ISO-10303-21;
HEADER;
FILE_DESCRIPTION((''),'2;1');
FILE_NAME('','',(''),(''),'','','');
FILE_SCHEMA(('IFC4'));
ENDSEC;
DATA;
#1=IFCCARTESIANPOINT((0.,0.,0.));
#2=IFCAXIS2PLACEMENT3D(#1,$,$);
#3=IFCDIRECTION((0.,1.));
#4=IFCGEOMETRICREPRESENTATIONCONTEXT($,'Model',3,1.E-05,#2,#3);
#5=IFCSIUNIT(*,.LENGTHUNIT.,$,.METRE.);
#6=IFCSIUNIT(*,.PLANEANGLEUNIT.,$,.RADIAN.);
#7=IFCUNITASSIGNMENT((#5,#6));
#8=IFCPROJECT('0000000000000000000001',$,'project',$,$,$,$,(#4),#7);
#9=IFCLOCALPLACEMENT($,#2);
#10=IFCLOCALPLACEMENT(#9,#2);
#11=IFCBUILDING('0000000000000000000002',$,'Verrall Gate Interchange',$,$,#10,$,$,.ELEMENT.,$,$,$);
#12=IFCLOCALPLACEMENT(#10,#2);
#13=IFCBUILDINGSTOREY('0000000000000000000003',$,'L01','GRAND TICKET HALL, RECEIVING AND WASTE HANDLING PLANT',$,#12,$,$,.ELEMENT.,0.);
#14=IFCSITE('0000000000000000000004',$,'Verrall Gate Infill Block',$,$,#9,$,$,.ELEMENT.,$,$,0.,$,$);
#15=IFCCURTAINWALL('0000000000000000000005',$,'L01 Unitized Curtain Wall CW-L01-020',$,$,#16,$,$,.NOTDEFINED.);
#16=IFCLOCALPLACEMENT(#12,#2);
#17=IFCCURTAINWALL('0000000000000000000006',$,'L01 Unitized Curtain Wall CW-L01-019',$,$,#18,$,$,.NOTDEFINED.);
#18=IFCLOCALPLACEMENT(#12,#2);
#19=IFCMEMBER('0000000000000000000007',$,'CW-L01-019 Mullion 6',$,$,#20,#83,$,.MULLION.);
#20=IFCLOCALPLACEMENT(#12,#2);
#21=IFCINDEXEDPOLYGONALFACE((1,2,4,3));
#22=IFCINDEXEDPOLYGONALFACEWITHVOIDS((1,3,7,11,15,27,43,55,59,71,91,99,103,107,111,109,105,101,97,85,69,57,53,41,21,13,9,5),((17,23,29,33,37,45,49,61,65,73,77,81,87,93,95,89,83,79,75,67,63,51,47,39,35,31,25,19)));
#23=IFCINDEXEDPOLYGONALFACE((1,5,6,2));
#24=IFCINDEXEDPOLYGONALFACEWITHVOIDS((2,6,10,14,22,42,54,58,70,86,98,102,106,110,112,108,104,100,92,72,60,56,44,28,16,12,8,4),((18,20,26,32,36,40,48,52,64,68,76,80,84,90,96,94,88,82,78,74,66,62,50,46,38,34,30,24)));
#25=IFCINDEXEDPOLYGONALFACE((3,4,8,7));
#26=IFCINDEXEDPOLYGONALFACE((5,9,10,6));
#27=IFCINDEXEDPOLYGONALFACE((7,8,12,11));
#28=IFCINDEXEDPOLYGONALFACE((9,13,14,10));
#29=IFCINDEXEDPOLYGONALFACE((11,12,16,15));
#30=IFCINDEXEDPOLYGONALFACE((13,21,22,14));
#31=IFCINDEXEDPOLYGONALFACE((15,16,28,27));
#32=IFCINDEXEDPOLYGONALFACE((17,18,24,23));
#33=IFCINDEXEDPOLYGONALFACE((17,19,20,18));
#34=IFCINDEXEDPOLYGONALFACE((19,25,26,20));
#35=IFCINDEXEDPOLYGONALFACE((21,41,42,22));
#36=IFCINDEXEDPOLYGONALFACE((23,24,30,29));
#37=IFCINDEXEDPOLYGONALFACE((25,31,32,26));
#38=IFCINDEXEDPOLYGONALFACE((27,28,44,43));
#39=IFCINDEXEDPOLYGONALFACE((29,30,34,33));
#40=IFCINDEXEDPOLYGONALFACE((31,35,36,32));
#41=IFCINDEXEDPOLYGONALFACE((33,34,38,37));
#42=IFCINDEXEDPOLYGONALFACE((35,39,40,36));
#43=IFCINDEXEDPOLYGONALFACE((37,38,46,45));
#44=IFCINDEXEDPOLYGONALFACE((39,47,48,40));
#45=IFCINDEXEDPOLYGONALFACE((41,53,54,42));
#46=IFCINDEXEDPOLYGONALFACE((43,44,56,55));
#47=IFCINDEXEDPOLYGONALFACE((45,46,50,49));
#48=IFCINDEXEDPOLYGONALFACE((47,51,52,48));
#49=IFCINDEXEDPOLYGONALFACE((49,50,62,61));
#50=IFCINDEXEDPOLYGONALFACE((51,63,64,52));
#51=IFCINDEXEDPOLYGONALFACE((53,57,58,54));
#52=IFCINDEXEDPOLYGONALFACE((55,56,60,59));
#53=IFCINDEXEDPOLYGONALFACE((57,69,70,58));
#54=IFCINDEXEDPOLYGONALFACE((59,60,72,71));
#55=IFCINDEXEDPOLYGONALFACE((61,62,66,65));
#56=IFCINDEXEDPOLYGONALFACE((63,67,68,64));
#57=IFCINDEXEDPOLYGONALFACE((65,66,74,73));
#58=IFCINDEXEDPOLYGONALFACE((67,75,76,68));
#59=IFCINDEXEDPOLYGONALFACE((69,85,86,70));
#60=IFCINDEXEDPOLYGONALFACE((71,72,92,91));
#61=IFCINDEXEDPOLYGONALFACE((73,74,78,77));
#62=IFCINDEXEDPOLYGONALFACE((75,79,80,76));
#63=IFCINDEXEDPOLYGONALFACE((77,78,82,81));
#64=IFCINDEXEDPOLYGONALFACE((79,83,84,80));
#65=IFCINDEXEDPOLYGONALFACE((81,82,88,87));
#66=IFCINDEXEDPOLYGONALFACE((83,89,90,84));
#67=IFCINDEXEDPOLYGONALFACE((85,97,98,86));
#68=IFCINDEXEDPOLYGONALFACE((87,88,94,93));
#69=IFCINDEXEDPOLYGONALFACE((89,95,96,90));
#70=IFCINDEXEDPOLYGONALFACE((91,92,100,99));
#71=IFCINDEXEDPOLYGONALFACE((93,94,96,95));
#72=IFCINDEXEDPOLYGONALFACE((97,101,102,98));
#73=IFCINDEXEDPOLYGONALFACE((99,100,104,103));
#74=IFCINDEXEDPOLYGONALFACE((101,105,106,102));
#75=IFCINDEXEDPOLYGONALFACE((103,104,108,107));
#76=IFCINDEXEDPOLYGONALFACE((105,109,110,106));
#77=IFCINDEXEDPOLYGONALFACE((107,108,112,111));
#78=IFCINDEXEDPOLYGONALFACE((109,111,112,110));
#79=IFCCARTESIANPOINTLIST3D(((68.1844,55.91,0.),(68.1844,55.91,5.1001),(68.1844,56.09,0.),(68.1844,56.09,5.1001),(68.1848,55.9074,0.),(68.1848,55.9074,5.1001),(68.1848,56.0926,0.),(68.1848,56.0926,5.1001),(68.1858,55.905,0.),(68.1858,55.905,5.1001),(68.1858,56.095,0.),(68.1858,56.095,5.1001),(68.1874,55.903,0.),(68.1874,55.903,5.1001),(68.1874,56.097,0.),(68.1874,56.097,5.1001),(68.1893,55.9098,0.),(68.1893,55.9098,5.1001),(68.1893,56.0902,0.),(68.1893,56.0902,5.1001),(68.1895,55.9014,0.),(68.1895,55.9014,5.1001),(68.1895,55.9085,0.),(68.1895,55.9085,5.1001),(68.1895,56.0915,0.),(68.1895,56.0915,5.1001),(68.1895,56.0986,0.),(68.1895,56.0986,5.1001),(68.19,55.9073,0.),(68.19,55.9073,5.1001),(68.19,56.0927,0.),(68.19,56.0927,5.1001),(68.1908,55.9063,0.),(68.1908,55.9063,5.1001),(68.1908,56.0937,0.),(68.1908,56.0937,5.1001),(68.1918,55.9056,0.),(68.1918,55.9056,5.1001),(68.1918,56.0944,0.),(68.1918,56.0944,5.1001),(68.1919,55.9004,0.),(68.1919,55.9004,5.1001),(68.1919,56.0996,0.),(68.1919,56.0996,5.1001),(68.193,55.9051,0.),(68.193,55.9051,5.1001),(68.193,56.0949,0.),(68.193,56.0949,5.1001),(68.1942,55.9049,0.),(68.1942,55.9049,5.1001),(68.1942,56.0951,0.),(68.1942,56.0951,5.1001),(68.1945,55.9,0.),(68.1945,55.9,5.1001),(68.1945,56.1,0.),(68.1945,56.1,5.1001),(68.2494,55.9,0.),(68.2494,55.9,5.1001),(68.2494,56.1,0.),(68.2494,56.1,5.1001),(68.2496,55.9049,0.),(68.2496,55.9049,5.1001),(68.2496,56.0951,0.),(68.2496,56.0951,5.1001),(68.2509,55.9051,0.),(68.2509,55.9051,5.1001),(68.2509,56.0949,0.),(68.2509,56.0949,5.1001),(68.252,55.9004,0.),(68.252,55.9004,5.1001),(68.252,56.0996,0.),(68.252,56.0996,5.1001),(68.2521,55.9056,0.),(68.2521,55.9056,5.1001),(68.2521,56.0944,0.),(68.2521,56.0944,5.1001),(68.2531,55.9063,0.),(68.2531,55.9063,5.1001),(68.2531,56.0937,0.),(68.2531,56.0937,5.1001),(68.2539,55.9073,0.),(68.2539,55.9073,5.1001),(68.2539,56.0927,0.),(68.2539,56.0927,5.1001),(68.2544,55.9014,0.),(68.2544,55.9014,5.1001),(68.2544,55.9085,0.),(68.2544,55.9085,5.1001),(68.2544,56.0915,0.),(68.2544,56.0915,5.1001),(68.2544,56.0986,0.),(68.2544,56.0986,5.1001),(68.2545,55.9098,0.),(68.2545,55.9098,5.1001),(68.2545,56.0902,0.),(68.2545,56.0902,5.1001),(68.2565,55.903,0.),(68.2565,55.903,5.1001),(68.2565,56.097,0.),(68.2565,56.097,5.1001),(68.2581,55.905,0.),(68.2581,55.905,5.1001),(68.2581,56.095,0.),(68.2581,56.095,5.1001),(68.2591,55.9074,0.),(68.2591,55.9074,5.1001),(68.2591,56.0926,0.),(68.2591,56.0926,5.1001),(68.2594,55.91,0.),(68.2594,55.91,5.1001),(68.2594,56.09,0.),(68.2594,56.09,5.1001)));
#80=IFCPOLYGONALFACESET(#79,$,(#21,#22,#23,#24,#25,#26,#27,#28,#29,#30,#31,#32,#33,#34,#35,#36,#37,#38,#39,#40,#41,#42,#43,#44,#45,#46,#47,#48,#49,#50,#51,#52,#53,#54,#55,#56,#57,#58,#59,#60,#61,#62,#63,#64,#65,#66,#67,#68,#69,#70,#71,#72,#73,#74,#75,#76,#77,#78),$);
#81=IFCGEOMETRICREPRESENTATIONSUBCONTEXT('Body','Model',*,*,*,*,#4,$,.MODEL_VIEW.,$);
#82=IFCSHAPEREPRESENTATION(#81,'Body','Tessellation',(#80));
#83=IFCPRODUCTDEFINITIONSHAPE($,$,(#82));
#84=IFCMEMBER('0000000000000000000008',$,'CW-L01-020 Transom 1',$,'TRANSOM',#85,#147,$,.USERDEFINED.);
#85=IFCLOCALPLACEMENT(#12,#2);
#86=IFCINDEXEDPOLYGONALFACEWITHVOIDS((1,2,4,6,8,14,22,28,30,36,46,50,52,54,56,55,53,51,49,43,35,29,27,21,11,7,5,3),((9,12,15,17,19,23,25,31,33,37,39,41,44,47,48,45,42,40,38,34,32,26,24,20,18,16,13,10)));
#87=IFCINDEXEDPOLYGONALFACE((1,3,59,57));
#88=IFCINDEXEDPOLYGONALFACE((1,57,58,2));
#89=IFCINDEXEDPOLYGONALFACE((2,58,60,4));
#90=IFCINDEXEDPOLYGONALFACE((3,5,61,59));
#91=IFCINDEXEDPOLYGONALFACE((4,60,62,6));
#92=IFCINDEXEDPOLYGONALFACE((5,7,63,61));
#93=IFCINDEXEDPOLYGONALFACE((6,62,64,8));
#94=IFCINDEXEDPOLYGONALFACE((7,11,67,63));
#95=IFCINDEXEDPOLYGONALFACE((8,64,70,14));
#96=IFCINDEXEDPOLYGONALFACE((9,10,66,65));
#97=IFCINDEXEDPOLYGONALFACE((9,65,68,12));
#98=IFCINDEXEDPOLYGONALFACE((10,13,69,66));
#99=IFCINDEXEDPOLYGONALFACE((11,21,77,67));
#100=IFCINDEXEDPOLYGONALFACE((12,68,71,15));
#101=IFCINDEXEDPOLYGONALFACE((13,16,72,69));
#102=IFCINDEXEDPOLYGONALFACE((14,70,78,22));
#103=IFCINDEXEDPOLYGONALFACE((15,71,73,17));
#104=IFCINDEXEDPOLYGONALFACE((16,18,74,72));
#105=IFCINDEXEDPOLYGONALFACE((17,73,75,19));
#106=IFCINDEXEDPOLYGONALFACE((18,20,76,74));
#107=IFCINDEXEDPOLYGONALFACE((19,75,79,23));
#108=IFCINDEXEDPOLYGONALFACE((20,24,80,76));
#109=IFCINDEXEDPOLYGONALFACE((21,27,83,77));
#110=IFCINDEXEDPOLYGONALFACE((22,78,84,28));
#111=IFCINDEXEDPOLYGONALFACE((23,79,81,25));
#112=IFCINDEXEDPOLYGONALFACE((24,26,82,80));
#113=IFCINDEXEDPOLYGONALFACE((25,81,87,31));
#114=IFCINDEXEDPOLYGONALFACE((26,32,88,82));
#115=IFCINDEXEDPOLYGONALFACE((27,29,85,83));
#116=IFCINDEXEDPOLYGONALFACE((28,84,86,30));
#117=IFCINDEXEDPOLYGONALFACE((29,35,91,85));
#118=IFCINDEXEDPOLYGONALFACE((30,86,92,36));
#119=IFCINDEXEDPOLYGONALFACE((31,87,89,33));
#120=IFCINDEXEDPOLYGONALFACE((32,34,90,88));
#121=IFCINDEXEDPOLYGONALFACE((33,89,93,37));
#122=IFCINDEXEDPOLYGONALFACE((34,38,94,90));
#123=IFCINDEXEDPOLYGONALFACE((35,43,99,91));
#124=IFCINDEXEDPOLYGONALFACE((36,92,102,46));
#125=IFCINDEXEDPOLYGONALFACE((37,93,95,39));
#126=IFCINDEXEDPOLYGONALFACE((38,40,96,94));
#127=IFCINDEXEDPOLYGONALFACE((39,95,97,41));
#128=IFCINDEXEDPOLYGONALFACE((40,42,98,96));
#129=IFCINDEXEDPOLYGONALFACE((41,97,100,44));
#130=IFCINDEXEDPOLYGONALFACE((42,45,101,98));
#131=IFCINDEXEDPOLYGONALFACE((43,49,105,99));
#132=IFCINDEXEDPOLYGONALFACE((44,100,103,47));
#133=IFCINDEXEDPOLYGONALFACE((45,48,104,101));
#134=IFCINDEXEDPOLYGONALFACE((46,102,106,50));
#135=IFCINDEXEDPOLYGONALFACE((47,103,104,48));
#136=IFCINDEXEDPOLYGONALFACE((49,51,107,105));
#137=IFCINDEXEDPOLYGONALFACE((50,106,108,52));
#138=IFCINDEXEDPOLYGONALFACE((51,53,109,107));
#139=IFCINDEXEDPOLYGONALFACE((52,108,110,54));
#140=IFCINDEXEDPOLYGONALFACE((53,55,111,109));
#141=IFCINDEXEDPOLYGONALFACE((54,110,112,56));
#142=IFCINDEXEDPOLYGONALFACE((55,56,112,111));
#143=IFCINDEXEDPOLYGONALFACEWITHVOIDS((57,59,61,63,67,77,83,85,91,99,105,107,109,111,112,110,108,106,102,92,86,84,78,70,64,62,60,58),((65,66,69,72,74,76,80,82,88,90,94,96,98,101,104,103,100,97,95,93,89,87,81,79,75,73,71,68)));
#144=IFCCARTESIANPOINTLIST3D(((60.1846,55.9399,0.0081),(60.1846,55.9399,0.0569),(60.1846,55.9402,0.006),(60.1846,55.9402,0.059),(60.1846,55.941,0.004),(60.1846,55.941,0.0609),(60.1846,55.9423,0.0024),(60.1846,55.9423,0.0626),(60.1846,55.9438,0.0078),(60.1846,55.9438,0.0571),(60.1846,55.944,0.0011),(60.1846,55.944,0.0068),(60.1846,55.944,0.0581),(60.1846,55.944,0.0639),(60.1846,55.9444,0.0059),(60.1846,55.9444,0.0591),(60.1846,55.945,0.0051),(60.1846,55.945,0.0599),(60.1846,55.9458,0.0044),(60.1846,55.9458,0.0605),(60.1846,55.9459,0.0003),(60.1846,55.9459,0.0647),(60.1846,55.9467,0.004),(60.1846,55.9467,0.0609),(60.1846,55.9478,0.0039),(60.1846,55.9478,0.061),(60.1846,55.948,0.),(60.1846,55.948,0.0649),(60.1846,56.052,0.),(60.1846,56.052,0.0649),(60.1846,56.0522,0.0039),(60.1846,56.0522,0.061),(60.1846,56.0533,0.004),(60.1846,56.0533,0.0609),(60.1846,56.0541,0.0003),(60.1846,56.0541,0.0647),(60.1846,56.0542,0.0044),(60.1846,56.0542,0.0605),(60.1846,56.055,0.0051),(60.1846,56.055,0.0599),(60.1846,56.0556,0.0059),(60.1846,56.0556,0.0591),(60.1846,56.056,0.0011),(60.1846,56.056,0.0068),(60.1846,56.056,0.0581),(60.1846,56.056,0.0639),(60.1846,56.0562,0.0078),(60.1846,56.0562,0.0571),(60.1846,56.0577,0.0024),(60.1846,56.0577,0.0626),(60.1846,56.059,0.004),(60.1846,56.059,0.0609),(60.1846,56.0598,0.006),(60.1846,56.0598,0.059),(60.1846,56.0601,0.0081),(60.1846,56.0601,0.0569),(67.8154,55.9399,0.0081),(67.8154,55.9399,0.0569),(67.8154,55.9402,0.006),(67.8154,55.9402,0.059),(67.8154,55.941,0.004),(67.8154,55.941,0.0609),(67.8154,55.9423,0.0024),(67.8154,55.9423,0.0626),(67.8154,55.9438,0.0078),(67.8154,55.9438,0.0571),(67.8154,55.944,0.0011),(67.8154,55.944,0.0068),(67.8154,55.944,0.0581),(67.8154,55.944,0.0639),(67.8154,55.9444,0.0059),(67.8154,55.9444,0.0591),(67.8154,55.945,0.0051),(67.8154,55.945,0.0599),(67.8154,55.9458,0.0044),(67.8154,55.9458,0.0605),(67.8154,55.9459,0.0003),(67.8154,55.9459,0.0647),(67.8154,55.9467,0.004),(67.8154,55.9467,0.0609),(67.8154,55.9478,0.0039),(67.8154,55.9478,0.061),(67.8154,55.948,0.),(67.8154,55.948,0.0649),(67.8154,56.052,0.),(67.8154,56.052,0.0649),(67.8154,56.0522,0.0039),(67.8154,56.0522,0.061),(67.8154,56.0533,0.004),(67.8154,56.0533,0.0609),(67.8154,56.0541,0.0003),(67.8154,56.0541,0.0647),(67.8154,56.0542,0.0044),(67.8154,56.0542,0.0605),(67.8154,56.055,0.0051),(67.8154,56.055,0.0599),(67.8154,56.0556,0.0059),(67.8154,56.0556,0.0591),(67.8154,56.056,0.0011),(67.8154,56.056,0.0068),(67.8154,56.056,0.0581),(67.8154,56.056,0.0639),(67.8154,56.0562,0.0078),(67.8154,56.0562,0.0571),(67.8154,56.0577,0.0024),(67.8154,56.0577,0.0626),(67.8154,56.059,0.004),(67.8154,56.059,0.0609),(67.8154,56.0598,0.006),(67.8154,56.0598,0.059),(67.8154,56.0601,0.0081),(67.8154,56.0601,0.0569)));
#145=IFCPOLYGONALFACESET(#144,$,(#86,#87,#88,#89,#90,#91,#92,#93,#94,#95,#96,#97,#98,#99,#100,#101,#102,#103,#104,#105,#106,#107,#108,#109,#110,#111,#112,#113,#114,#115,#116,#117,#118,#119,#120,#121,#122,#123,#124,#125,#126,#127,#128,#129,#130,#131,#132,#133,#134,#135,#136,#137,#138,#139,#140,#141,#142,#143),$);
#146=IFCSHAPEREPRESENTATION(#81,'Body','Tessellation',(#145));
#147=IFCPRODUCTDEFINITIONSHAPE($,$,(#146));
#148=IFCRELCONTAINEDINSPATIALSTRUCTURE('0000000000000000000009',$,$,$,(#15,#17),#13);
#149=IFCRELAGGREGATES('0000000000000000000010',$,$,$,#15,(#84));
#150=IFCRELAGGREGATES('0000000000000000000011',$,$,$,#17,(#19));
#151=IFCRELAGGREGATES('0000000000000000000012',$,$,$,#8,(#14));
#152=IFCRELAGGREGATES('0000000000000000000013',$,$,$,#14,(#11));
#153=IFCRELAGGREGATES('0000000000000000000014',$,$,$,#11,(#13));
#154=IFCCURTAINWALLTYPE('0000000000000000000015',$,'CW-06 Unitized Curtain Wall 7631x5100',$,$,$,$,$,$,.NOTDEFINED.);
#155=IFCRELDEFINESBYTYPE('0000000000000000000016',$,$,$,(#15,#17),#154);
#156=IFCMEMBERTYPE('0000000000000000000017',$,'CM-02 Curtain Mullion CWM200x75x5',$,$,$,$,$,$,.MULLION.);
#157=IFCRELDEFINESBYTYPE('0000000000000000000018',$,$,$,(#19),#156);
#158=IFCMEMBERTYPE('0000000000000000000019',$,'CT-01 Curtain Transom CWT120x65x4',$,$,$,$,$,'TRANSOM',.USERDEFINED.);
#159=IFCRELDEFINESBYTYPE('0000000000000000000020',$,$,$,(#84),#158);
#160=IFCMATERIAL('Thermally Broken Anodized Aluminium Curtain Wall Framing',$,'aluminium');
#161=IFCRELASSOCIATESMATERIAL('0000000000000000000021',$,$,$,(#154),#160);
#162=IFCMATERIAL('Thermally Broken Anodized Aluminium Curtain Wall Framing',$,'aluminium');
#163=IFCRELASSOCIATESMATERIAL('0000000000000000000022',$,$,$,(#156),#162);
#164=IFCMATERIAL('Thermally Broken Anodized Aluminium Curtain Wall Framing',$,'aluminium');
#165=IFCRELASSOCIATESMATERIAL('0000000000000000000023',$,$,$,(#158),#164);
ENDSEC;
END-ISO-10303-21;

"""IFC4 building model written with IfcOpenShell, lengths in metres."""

from ifc_helpers import new_model, si_unit, direction, frame, origin, origin_2d, place, context, subcontext, project, spatial, hollow_rectangle, extrude, material, material_profile, profile_set, type_object, element, aggregate, save


model = new_model("IFC4")

# Units and contexts
model_context = context("Model", 3, precision=1e-05, world=origin(), true_north=direction((0.0, 1.0)))
body_context = subcontext(model_context, "Body", "Model", "MODEL_VIEW")
ifc_project = project(units=[si_unit("LENGTHUNIT", "METRE"), si_unit("PLANEANGLEUNIT", "RADIAN")], contexts=[model_context])

# Site, building, storey
site_placement = place(None, origin())
site = spatial("IfcSite", under=ifc_project, at=site_placement, Name="Verrall Gate Infill Block", CompositionType="ELEMENT", RefElevation=0.0)
building_placement = place(site_placement, origin())
building = spatial("IfcBuilding", under=site, at=building_placement, Name="Verrall Gate Interchange", CompositionType="ELEMENT")
storey_placement = place(building_placement, origin())
storey = spatial("IfcBuildingStorey", under=building, at=storey_placement, Name="L01", Description="GRAND TICKET HALL, RECEIVING AND WASTE HANDLING PLANT", CompositionType="ELEMENT", Elevation=0.0)

# Curtain wall
ifc_material_1 = material(Name="Thermally Broken Anodized Aluminium Curtain Wall Framing", Category="aluminium")
curtain_wall_type = type_object("IfcCurtainWallType", Name="CW-06 Unitized Curtain Wall 7631x5100", PredefinedType="NOTDEFINED", material=ifc_material_1)
curtain_wall_1_placement = place(storey_placement, origin())
curtain_wall_1 = element("IfcCurtainWall", 1, at=curtain_wall_1_placement, inside=storey, type_object=curtain_wall_type, Name="L01 Unitized Curtain Wall CW-L01-020", PredefinedType="NOTDEFINED")

# Curtain wall, member
curtain_wall_2_placement = place(storey_placement, origin())
curtain_wall_2 = element("IfcCurtainWall", 2, at=curtain_wall_2_placement, inside=storey, type_object=curtain_wall_type, Name="L01 Unitized Curtain Wall CW-L01-019", PredefinedType="NOTDEFINED")
ifc_material_2 = material(Name="Thermally Broken Anodized Aluminium Curtain Wall Framing", Category="aluminium")
ifc_material_profile_1 = material_profile(ifc_material_2, hollow_rectangle(XDim=0.075, YDim=0.2, WallThickness=0.0049, InnerFilletRadius=0.0049, OuterFilletRadius=0.01, at=origin_2d()), Name="CWM200x75x5")
ifc_profile_set_1 = profile_set([ifc_material_profile_1], Name="Thermally Broken Anodized Aluminium Curtain Wall Framing")
member_type_1 = type_object("IfcMemberType", Name="CM-02 Curtain Mullion CWM200x75x5", PredefinedType="MULLION", material=ifc_profile_set_1)
member_1_placement = place(storey_placement, frame((68.2219, 56.0, 0.0), z_axis=(0.0, 0.0, 1.0), x_axis=(-1.0, 0.0, 0.0)))
member_1 = element("IfcMember", 3, at=member_1_placement, type_object=member_type_1, Name="CW-L01-019 Mullion 6", PredefinedType="MULLION", context=body_context, shape_type="SweptSolid", body=[
    extrude(hollow_rectangle(XDim=0.075, YDim=0.2, WallThickness=0.0049, InnerFilletRadius=0.0049, OuterFilletRadius=0.01, at=origin_2d()), origin(), (0.0, 0.0, 1.0), 5.1001),
])

# Member
ifc_material_3 = material(Name="Thermally Broken Anodized Aluminium Curtain Wall Framing", Category="aluminium")
ifc_material_profile_2 = material_profile(ifc_material_3, hollow_rectangle(XDim=0.1201, YDim=0.0649, WallThickness=0.0039, InnerFilletRadius=0.0039, OuterFilletRadius=0.0081, at=origin_2d()), Name="CWT120x65x4")
ifc_profile_set_2 = profile_set([ifc_material_profile_2], Name="Thermally Broken Anodized Aluminium Curtain Wall Framing")
member_type_2 = type_object("IfcMemberType", Name="CT-01 Curtain Transom CWT120x65x4", ElementType="TRANSOM", PredefinedType="USERDEFINED", material=ifc_profile_set_2)
member_2_placement = place(storey_placement, frame((67.8154, 56.0, 0.0325), z_axis=(-1.0, 0.0, 0.0), x_axis=(0.0, -1.0, 0.0)))
member_2 = element("IfcMember", 4, at=member_2_placement, type_object=member_type_2, Name="CW-L01-020 Transom 1", ObjectType="TRANSOM", PredefinedType="USERDEFINED", context=body_context, shape_type="SweptSolid", body=[
    extrude(hollow_rectangle(XDim=0.1201, YDim=0.0649, WallThickness=0.0039, InnerFilletRadius=0.0039, OuterFilletRadius=0.0081, at=origin_2d()), origin(), (0.0, 0.0, 1.0), 7.6309),
])

aggregate(curtain_wall_1, [member_2])
aggregate(curtain_wall_2, [member_1])

save(model, "model.ifc")
